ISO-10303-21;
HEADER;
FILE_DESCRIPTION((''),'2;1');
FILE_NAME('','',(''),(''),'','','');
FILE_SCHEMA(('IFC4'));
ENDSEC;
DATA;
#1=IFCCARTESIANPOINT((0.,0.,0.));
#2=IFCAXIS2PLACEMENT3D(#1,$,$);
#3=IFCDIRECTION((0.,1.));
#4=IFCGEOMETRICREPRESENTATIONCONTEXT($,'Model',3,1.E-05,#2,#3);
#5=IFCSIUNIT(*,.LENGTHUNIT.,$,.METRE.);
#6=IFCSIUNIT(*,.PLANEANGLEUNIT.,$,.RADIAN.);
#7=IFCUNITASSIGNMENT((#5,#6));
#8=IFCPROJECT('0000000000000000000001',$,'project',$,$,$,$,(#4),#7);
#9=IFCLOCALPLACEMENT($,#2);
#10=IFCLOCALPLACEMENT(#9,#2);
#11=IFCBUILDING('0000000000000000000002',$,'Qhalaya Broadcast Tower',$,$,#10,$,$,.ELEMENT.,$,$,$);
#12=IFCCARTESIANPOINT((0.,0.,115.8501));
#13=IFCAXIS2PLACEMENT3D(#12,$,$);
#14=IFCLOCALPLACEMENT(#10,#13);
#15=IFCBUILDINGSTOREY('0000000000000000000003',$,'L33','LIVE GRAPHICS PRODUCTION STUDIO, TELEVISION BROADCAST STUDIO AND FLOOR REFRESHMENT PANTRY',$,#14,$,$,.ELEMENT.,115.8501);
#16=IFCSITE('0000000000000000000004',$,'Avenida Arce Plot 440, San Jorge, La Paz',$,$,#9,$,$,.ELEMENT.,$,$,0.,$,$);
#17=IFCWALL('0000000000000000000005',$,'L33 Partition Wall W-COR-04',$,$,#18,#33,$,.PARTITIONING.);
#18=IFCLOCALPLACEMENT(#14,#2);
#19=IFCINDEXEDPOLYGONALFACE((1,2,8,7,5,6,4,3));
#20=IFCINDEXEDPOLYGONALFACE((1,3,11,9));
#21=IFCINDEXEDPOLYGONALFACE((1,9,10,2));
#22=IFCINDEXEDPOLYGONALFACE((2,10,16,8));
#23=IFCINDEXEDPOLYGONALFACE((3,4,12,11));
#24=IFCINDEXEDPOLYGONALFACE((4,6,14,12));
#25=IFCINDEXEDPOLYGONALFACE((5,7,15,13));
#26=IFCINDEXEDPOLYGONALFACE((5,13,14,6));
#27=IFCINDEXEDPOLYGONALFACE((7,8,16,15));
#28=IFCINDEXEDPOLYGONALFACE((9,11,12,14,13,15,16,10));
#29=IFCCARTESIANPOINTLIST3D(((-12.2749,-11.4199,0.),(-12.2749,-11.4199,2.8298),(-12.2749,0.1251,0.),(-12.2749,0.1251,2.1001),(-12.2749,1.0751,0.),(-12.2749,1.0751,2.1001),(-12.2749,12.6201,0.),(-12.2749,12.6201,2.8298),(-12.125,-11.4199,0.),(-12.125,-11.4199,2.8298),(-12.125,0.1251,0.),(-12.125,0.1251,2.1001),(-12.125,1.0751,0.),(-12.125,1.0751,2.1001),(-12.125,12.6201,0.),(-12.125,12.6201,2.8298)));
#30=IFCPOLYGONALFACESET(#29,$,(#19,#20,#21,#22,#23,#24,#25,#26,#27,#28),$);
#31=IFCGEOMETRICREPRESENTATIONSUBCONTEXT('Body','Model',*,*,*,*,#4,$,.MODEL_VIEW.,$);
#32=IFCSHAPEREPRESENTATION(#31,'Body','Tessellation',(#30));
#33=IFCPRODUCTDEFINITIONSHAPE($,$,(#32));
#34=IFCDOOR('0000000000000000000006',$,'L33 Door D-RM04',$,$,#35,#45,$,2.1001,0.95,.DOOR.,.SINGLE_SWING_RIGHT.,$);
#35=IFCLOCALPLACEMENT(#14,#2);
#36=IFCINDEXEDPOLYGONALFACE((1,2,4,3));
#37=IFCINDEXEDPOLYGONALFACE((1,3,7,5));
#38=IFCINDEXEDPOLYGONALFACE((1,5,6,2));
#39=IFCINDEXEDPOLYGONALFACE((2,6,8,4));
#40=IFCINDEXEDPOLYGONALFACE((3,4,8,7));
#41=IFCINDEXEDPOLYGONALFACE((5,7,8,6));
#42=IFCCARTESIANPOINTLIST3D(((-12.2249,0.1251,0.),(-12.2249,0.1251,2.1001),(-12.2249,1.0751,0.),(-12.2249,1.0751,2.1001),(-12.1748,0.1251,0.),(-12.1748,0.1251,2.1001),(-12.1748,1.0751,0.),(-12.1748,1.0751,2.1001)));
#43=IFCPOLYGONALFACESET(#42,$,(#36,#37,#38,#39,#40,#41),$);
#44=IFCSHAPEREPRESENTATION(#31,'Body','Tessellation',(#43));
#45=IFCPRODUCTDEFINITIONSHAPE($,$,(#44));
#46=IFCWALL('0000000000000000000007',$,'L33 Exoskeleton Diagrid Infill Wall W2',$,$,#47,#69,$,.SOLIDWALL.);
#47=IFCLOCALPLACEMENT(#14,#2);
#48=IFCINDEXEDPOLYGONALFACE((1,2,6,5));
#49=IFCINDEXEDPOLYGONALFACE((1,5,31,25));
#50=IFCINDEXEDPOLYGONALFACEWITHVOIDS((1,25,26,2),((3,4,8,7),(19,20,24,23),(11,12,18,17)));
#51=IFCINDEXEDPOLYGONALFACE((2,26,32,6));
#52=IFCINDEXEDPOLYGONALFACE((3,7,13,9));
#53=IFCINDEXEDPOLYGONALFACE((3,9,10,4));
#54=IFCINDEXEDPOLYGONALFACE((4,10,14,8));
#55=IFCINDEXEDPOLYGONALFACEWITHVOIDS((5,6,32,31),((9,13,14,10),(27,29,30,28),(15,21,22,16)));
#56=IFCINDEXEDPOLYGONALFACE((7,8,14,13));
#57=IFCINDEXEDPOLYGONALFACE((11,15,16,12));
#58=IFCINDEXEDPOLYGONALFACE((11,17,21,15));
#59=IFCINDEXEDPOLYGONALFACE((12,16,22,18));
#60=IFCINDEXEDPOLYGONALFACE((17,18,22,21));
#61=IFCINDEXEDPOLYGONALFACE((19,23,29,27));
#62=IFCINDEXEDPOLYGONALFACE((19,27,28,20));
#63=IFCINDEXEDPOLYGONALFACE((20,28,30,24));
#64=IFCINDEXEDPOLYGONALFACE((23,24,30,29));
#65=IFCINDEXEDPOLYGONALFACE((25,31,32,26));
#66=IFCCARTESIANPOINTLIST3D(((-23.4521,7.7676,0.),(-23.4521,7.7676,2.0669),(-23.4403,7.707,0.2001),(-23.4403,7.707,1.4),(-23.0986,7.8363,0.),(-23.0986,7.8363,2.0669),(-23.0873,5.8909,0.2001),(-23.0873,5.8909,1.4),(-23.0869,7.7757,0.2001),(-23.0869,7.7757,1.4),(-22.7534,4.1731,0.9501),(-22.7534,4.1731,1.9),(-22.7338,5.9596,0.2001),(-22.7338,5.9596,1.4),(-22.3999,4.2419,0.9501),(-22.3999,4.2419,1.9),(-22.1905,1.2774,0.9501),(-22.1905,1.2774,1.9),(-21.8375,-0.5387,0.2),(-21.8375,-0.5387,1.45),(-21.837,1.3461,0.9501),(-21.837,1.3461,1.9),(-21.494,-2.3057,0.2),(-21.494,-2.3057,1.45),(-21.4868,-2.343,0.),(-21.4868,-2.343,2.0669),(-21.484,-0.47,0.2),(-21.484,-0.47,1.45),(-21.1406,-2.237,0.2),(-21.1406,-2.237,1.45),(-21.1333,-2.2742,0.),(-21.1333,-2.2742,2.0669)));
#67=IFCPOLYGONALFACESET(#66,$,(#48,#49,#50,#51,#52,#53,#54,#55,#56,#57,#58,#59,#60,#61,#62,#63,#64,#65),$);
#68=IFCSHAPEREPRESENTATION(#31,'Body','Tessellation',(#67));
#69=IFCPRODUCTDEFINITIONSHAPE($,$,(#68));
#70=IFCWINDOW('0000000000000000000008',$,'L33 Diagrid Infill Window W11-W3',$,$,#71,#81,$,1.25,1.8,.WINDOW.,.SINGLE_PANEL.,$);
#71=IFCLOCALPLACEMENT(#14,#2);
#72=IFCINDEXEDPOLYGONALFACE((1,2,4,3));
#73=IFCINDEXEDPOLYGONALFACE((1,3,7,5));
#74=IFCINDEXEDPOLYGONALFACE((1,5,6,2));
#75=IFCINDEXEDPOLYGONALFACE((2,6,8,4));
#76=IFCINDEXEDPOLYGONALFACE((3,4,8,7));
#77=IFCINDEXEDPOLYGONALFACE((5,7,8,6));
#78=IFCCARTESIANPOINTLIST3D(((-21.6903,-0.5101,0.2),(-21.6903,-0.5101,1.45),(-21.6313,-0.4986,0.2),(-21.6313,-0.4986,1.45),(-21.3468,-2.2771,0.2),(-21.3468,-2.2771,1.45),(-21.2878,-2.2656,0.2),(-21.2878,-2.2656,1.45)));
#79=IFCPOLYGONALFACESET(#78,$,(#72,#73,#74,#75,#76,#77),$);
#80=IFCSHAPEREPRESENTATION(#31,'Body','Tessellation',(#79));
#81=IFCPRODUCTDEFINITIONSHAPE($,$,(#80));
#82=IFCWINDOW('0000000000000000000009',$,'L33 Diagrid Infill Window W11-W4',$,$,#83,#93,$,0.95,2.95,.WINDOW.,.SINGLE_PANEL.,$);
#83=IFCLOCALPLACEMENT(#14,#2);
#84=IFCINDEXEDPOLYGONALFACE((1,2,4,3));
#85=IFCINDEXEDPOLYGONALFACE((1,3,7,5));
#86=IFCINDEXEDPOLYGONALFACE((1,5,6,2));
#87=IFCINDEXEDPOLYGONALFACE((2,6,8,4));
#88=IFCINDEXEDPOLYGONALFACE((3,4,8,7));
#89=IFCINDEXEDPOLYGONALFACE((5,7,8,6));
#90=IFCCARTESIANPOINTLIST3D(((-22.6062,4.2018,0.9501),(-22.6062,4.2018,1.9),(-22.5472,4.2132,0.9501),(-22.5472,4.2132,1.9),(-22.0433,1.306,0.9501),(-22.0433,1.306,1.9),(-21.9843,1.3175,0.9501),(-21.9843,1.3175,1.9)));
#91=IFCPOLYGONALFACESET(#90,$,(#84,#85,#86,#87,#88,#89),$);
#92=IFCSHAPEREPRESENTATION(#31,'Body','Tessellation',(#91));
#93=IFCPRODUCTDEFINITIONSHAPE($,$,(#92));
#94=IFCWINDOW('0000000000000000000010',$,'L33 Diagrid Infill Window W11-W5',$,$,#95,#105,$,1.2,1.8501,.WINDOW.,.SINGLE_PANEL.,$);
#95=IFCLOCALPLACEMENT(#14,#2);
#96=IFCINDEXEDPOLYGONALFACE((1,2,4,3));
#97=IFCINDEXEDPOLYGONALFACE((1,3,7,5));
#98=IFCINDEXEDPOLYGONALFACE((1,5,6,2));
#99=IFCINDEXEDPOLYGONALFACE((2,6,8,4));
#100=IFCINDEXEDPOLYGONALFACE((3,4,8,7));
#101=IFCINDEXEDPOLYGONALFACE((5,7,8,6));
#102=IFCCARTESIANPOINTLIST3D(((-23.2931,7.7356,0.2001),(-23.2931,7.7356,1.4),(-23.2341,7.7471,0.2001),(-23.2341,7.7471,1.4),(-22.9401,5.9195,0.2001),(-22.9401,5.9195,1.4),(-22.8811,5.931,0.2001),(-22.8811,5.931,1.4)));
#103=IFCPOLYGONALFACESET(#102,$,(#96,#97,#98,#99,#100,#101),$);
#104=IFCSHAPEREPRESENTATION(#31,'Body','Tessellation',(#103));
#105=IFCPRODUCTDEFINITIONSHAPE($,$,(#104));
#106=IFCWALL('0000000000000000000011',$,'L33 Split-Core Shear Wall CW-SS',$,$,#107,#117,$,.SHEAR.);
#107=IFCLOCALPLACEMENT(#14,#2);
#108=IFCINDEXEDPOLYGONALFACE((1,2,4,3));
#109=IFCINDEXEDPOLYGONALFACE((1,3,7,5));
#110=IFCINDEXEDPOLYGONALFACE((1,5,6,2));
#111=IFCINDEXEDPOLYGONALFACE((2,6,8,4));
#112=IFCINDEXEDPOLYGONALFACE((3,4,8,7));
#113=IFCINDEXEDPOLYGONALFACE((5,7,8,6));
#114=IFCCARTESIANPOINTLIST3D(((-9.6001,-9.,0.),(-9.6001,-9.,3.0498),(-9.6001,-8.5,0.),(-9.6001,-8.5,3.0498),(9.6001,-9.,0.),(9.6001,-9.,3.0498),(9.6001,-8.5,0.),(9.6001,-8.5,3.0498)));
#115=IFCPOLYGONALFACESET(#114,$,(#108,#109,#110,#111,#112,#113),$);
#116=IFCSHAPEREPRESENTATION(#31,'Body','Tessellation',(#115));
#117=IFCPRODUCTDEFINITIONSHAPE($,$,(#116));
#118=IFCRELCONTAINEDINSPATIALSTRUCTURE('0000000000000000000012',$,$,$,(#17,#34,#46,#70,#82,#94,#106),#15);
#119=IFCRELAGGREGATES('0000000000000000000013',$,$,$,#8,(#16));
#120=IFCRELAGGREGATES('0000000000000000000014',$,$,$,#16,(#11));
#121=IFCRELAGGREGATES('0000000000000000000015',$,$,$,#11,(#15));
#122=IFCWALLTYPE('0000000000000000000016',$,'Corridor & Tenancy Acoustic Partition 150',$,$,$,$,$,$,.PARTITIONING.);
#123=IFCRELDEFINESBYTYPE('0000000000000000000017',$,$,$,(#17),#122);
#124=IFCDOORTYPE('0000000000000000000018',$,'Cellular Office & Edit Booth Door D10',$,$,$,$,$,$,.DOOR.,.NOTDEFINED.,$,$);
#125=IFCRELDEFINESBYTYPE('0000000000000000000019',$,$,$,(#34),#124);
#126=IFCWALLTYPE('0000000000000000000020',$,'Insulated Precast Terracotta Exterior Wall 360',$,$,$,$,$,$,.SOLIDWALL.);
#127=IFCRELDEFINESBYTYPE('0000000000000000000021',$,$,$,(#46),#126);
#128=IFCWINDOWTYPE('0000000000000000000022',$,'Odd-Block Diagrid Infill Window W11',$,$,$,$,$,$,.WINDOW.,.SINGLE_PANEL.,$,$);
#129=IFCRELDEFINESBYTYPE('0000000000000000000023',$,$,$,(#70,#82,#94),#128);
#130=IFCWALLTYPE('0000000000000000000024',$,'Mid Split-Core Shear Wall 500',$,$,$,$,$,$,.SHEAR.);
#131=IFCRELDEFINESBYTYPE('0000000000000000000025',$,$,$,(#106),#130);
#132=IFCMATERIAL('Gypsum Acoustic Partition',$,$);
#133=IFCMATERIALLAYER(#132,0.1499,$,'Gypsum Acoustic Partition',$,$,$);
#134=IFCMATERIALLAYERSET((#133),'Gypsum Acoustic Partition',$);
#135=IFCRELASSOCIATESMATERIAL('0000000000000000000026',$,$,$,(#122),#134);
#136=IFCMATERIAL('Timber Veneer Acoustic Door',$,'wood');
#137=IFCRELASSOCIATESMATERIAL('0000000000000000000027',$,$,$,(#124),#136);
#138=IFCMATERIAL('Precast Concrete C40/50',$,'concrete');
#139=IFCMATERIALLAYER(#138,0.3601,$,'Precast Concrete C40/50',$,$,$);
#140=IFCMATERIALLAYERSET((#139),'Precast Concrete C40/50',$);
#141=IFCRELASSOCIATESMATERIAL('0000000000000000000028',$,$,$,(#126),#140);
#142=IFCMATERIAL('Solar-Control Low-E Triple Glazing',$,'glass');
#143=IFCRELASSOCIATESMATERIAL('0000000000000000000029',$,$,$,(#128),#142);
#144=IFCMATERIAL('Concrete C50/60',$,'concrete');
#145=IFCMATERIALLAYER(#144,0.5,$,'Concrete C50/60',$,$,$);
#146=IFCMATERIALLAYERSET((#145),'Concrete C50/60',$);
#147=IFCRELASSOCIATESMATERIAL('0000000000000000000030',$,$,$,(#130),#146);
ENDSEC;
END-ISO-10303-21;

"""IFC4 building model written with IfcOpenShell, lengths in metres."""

from ifc_helpers import new_model, si_unit, direction, frame, frame_2d, origin, place, context, subcontext, project, spatial, rectangle, extrude, material, layer, layer_set, type_object, element, fill, save


model = new_model("IFC4")

# Units and contexts
model_context = context("Model", 3, precision=1e-05, world=origin(), true_north=direction((0.0, 1.0)))
body_context = subcontext(model_context, "Body", "Model", "MODEL_VIEW")
ifc_project = project(units=[si_unit("LENGTHUNIT", "METRE"), si_unit("PLANEANGLEUNIT", "RADIAN")], contexts=[model_context])

# Site, building, storey
site_placement = place(None, origin())
site = spatial("IfcSite", under=ifc_project, at=site_placement, Name="Avenida Arce Plot 440, San Jorge, La Paz", CompositionType="ELEMENT", RefElevation=0.0)
building_placement = place(site_placement, origin())
building = spatial("IfcBuilding", under=site, at=building_placement, Name="Qhalaya Broadcast Tower", CompositionType="ELEMENT")
storey_placement = place(building_placement, frame((0.0, 0.0, 115.8501)))
storey = spatial("IfcBuildingStorey", under=building, at=storey_placement, Name="L33", Description="LIVE GRAPHICS PRODUCTION STUDIO, TELEVISION BROADCAST STUDIO AND FLOOR REFRESHMENT PANTRY", CompositionType="ELEMENT", Elevation=115.8501)

# Shared definitions
ifc_material_1 = material(Name="Concrete C50/60", Category="concrete")

# Wall, opening, door
ifc_material_2 = material(Name="Gypsum Acoustic Partition")
ifc_layer_1 = layer(ifc_material_2, 0.1499, Name="Gypsum Acoustic Partition")
ifc_layer_set_1 = layer_set([ifc_layer_1], Name="Gypsum Acoustic Partition")
wall_type_1 = type_object("IfcWallType", Name="Corridor & Tenancy Acoustic Partition 150", PredefinedType="PARTITIONING", material=ifc_layer_set_1)
wall_1_placement = place(storey_placement, frame((-12.2, -11.4199, 0.0), z_axis=(0.0, 0.0, 1.0), x_axis=(0.0, 1.0, 0.0)))
wall_1 = element("IfcWall", 1, at=wall_1_placement, inside=storey, type_object=wall_type_1, Name="L33 Partition Wall W-COR-04", PredefinedType="PARTITIONING", context=body_context, shape_type="SweptSolid", body=[
    extrude(rectangle(XDim=24.04, YDim=0.1499, at=frame_2d((12.02, 0.0))), origin(), (0.0, 0.0, 1.0), 2.8298),
])
opening_1_placement = place(wall_1_placement, frame((11.5449, 0.0, 0.0)))
opening_1 = element("IfcOpeningElement", 2, at=opening_1_placement, cuts=wall_1, PredefinedType="OPENING", context=body_context, shape_type="SweptSolid", body=[
    extrude(rectangle(XDim=0.95, YDim=2.1001, at=frame_2d((0.4751, 1.05))), frame((0.0, 0.0869, 0.0), z_axis=(0.0, -1.0, 0.0), x_axis=(1.0, 0.0, 0.0)), (0.0, 0.0, 1.0), 0.1738),
])
ifc_material_3 = material(Name="Timber Veneer Acoustic Door", Category="wood")
door_type_1 = type_object("IfcDoorType", Name="Cellular Office & Edit Booth Door D10", OperationType="NOTDEFINED", PredefinedType="DOOR", material=ifc_material_3)
door_1_placement = place(opening_1_placement, origin())
door_1 = element("IfcDoor", 3, at=door_1_placement, inside=storey, type_object=door_type_1, Name="L33 Door D-RM04", OperationType="SINGLE_SWING_RIGHT", OverallHeight=2.1001, OverallWidth=0.95, PredefinedType="DOOR", context=body_context, shape_type="SweptSolid", body=[
    extrude(rectangle(XDim=0.95, YDim=2.1001, at=frame_2d((0.4751, 1.05))), frame((0.0, 0.0249, 0.0), z_axis=(0.0, -1.0, 0.0), x_axis=(1.0, 0.0, 0.0)), (0.0, 0.0, 1.0), 0.05),
])
fill(opening_1, door_1)

# Wall, openings, windows
ifc_material_4 = material(Name="Precast Concrete C40/50", Category="concrete")
ifc_layer_2 = layer(ifc_material_4, 0.3601, Name="Precast Concrete C40/50")
ifc_layer_set_2 = layer_set([ifc_layer_2], Name="Precast Concrete C40/50")
wall_type_2 = type_object("IfcWallType", Name="Insulated Precast Terracotta Exterior Wall 360", PredefinedType="SOLIDWALL", material=ifc_layer_set_2)
wall_2_placement = place(storey_placement, frame((-21.3101, -2.3086, 0.0), z_axis=(0.0, 0.0, 1.0), x_axis=(-0.190812, 0.981627, 0.0)))
wall_2 = element("IfcWall", 4, at=wall_2_placement, inside=storey, type_object=wall_type_2, Name="L33 Exoskeleton Diagrid Infill Wall W2", PredefinedType="SOLIDWALL", context=body_context, shape_type="SweptSolid", body=[
    extrude(rectangle(XDim=10.2998, YDim=0.3601, at=frame_2d((5.1499, 0.0))), origin(), (0.0, 0.0, 1.0), 2.0669),
])
opening_2_placement = place(wall_2_placement, frame((0.0381, 0.0, 0.2)))
opening_2 = element("IfcOpeningElement", 5, at=opening_2_placement, cuts=wall_2, PredefinedType="OPENING", context=body_context, shape_type="SweptSolid", body=[
    extrude(rectangle(XDim=1.8, YDim=1.25, at=frame_2d((0.8999, 0.625))), frame((0.0, 0.1921, 0.0), z_axis=(0.0, -1.0, 0.0), x_axis=(1.0, 0.0, 0.0)), (0.0, 0.0, 1.0), 0.384),
])
opening_3_placement = place(wall_2_placement, frame((3.688, 0.0, 0.95)))
opening_3 = element("IfcOpeningElement", 6, at=opening_3_placement, cuts=wall_2, PredefinedType="OPENING", context=body_context, shape_type="SweptSolid", body=[
    extrude(rectangle(XDim=2.95, YDim=0.95, at=frame_2d((1.4751, 0.4751))), frame((0.0, 0.1921, 0.0), z_axis=(0.0, -1.0, 0.0), x_axis=(1.0, 0.0, 0.0)), (0.0, 0.0, 1.0), 0.384),
])
opening_4_placement = place(wall_2_placement, frame((8.3879, 0.0, 0.2)))
opening_4 = element("IfcOpeningElement", 7, at=opening_4_placement, cuts=wall_2, PredefinedType="OPENING", context=body_context, shape_type="SweptSolid", body=[
    extrude(rectangle(XDim=1.8501, YDim=1.2, at=frame_2d((0.925, 0.6001))), frame((0.0, 0.1921, 0.0), z_axis=(0.0, -1.0, 0.0), x_axis=(1.0, 0.0, 0.0)), (0.0, 0.0, 1.0), 0.384),
])
ifc_material_5 = material(Name="Solar-Control Low-E Triple Glazing", Category="glass")
window_type = type_object("IfcWindowType", Name="Odd-Block Diagrid Infill Window W11", PartitioningType="SINGLE_PANEL", PredefinedType="WINDOW", material=ifc_material_5)
window_1_placement = place(opening_2_placement, origin())
window_1 = element("IfcWindow", 8, at=window_1_placement, inside=storey, type_object=window_type, Name="L33 Diagrid Infill Window W11-W3", OverallHeight=1.25, OverallWidth=1.8, PartitioningType="SINGLE_PANEL", PredefinedType="WINDOW", context=body_context, shape_type="SweptSolid", body=[
    extrude(rectangle(XDim=1.8, YDim=1.25, at=frame_2d((0.8999, 0.625))), frame((0.0, 0.03, 0.0), z_axis=(0.0, -1.0, 0.0), x_axis=(1.0, 0.0, 0.0)), (0.0, 0.0, 1.0), 0.0601),
])
fill(opening_2, window_1)
window_2_placement = place(opening_3_placement, origin())
window_2 = element("IfcWindow", 9, at=window_2_placement, inside=storey, type_object=window_type, Name="L33 Diagrid Infill Window W11-W4", OverallHeight=0.95, OverallWidth=2.95, PartitioningType="SINGLE_PANEL", PredefinedType="WINDOW", context=body_context, shape_type="SweptSolid", body=[
    extrude(rectangle(XDim=2.95, YDim=0.95, at=frame_2d((1.4751, 0.4751))), frame((0.0, 0.03, 0.0), z_axis=(0.0, -1.0, 0.0), x_axis=(1.0, 0.0, 0.0)), (0.0, 0.0, 1.0), 0.0601),
])
fill(opening_3, window_2)
window_3_placement = place(opening_4_placement, origin())
window_3 = element("IfcWindow", 10, at=window_3_placement, inside=storey, type_object=window_type, Name="L33 Diagrid Infill Window W11-W5", OverallHeight=1.2, OverallWidth=1.8501, PartitioningType="SINGLE_PANEL", PredefinedType="WINDOW", context=body_context, shape_type="SweptSolid", body=[
    extrude(rectangle(XDim=1.8501, YDim=1.2, at=frame_2d((0.925, 0.6001))), frame((0.0, 0.03, 0.0), z_axis=(0.0, -1.0, 0.0), x_axis=(1.0, 0.0, 0.0)), (0.0, 0.0, 1.0), 0.0601),
])
fill(opening_4, window_3)

# Wall
ifc_layer_3 = layer(ifc_material_1, 0.5, Name="Concrete C50/60")
ifc_layer_set_3 = layer_set([ifc_layer_3], Name="Concrete C50/60")
wall_type_3 = type_object("IfcWallType", Name="Mid Split-Core Shear Wall 500", PredefinedType="SHEAR", material=ifc_layer_set_3)
wall_3_placement = place(storey_placement, frame((-9.6001, -8.75, 0.0), z_axis=(0.0, 0.0, 1.0), x_axis=(1.0, 0.0, 0.0)))
element("IfcWall", 11, at=wall_3_placement, inside=storey, type_object=wall_type_3, Name="L33 Split-Core Shear Wall CW-SS", PredefinedType="SHEAR", context=body_context, shape_type="SweptSolid", body=[
    extrude(rectangle(XDim=19.2002, YDim=0.5, at=frame_2d((9.6001, 0.0))), origin(), (0.0, 0.0, 1.0), 3.0498),
])

save(model, "model.ifc")
